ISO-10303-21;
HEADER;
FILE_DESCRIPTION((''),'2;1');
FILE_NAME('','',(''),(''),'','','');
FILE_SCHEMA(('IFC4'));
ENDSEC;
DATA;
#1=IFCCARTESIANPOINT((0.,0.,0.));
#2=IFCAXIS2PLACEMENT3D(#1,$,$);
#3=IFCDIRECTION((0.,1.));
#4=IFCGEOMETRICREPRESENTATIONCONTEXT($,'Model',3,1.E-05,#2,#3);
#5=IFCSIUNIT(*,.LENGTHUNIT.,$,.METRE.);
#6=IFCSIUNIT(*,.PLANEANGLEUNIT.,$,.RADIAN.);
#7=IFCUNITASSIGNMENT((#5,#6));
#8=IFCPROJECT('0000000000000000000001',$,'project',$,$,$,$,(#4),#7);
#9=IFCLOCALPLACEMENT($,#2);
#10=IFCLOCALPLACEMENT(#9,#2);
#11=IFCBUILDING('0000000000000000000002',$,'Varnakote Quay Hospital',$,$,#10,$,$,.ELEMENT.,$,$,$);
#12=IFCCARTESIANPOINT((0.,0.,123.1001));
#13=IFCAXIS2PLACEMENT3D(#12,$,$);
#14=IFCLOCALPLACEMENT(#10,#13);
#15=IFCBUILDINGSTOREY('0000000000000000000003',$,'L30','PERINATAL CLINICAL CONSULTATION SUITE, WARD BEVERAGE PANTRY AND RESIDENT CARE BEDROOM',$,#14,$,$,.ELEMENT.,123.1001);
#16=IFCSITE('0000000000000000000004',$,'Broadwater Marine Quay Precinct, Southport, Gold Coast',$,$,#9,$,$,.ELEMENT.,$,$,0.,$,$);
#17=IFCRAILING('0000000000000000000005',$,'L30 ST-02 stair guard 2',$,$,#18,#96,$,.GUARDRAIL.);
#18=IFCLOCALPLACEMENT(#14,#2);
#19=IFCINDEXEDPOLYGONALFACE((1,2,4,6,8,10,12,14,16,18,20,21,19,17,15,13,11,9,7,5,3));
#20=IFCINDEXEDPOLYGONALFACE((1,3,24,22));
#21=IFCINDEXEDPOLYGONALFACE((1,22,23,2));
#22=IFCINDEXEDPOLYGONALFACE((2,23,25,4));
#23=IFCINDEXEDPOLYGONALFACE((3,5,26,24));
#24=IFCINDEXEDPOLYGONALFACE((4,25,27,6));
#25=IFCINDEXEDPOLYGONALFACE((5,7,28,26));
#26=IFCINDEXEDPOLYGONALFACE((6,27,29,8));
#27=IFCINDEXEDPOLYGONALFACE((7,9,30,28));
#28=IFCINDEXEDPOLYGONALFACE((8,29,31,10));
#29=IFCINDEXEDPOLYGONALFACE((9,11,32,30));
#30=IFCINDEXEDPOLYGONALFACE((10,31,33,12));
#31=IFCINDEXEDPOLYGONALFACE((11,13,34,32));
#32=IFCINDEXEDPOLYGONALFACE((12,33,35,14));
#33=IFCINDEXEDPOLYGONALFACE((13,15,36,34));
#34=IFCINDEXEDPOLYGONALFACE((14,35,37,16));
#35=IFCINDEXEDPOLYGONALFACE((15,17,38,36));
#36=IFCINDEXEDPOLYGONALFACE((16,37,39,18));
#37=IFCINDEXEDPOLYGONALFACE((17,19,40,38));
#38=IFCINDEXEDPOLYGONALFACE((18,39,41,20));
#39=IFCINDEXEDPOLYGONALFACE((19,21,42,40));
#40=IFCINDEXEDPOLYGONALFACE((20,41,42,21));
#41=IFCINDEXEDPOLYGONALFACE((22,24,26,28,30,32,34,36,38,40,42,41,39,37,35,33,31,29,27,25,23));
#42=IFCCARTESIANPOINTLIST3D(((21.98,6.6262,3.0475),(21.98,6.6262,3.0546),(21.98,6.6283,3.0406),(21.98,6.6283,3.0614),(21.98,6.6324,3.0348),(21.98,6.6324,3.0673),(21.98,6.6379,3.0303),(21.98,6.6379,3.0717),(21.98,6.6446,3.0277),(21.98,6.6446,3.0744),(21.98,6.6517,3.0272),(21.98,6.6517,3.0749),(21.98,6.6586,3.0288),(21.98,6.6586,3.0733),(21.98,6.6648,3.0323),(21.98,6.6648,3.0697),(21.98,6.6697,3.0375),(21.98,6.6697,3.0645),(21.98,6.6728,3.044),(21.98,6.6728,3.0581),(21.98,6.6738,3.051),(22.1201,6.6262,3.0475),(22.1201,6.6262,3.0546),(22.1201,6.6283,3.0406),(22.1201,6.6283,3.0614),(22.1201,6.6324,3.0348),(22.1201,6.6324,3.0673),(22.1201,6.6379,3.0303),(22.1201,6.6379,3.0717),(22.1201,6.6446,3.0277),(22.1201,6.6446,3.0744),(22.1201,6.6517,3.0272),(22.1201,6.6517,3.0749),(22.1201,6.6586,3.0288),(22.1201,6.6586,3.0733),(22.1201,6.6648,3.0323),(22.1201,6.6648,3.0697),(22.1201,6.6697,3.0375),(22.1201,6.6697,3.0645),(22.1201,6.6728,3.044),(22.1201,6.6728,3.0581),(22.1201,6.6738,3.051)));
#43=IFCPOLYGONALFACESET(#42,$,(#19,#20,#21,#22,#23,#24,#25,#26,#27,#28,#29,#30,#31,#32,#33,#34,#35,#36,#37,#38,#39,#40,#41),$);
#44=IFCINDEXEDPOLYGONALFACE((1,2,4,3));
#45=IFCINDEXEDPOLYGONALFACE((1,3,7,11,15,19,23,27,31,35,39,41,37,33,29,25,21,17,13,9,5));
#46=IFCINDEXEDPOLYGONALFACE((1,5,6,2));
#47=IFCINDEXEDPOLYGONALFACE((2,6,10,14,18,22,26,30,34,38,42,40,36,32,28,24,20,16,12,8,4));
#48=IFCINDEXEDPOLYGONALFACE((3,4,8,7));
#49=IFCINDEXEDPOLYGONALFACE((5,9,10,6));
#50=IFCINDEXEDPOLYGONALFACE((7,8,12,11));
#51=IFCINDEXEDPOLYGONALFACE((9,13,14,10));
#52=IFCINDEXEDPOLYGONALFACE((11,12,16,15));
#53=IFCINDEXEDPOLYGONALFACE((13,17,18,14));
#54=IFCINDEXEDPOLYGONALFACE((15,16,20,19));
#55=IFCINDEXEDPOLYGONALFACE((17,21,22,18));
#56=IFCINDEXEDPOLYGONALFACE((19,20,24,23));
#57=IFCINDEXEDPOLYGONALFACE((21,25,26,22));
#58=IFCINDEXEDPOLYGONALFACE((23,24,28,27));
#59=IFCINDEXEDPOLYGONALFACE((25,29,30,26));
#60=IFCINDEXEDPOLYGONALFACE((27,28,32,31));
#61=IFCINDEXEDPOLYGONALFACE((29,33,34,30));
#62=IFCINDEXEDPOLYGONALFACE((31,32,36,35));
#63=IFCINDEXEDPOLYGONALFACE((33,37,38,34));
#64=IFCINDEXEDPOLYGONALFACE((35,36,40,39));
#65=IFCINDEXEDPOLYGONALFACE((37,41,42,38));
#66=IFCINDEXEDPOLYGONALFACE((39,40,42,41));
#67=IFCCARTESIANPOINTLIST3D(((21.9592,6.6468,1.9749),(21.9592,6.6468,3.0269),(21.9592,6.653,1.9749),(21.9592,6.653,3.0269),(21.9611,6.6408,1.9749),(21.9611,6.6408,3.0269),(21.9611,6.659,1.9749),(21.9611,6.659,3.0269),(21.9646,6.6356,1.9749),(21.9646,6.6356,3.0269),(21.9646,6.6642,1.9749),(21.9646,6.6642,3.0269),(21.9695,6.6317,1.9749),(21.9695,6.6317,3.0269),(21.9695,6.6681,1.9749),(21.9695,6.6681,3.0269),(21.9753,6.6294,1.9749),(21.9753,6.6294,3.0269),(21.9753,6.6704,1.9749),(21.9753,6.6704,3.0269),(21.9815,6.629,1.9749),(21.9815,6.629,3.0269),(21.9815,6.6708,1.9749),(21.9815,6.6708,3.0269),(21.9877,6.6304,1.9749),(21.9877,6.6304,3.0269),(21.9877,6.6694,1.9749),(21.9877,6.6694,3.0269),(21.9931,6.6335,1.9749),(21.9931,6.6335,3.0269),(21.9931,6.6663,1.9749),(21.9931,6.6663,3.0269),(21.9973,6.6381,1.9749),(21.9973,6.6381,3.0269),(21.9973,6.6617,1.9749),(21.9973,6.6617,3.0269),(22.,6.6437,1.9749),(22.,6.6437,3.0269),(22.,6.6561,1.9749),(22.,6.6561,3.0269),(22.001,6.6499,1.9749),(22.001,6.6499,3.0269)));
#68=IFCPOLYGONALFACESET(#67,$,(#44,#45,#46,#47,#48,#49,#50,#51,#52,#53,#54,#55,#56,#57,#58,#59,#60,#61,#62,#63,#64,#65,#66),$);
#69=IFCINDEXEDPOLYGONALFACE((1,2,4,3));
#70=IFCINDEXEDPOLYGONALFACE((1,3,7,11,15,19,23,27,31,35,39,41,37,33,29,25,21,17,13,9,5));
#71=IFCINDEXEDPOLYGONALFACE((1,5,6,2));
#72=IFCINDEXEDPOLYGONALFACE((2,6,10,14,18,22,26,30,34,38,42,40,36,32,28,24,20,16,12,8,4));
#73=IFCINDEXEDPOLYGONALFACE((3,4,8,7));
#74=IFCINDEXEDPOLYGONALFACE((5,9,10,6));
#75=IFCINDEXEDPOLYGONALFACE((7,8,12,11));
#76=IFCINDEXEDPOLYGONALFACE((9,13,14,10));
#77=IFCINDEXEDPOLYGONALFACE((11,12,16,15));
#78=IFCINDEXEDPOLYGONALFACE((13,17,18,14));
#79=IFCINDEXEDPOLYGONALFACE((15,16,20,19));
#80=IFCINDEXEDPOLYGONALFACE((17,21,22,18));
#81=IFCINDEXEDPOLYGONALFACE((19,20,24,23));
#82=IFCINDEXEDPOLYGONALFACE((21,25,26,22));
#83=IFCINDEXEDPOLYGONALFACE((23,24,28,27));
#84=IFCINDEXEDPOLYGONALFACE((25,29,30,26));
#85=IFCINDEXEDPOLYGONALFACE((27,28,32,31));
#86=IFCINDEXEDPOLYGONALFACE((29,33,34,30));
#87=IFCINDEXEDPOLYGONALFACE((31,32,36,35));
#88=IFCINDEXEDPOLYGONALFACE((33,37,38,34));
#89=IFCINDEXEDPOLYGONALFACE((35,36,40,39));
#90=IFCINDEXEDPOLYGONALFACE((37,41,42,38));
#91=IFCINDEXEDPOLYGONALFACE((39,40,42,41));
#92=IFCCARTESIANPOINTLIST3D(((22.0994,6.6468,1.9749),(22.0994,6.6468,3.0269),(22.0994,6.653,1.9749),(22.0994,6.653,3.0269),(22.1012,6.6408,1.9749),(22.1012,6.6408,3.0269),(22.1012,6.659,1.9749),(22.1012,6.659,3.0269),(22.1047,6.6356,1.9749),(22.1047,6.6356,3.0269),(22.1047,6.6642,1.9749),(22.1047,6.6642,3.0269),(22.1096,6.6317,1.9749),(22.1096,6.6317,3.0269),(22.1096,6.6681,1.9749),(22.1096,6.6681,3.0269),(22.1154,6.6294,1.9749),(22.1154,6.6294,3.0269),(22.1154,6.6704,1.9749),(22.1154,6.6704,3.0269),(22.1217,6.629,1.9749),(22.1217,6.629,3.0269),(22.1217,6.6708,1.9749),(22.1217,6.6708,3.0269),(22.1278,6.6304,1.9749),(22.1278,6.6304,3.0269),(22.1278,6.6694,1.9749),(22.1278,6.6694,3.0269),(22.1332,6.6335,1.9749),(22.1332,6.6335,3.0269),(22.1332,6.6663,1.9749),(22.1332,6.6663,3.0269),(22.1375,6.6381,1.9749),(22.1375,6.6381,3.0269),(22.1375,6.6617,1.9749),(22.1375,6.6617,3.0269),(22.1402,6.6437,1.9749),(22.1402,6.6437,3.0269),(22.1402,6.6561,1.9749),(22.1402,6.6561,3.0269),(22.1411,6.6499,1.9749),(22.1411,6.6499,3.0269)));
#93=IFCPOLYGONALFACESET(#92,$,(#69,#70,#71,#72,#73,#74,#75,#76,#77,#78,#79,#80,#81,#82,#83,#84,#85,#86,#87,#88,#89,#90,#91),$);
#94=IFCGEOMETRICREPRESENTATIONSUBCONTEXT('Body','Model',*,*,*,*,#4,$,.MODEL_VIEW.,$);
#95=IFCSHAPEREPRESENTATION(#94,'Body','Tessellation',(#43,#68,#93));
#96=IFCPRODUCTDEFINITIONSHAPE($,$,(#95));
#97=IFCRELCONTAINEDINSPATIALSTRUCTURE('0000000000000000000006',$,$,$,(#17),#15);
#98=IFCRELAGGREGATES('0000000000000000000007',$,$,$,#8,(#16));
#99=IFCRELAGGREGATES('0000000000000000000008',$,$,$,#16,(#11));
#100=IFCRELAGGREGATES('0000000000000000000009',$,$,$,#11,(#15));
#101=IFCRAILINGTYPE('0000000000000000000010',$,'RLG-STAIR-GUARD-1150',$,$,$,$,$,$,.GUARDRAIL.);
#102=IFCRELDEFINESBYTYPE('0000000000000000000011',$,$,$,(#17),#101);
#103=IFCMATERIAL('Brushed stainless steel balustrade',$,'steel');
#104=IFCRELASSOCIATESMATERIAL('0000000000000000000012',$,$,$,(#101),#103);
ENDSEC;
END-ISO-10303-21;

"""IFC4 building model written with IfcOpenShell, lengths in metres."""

from ifc_helpers import new_model, si_unit, direction, frame, origin, origin_2d, place, context, subcontext, project, spatial, circle, extrude, material, type_object, element, save


model = new_model("IFC4")

# Units and contexts
model_context = context("Model", 3, precision=1e-05, world=origin(), true_north=direction((0.0, 1.0)))
body_context = subcontext(model_context, "Body", "Model", "MODEL_VIEW")
ifc_project = project(units=[si_unit("LENGTHUNIT", "METRE"), si_unit("PLANEANGLEUNIT", "RADIAN")], contexts=[model_context])

# Site, building, storey
site_placement = place(None, origin())
site = spatial("IfcSite", under=ifc_project, at=site_placement, Name="Broadwater Marine Quay Precinct, Southport, Gold Coast", CompositionType="ELEMENT", RefElevation=0.0)
building_placement = place(site_placement, origin())
building = spatial("IfcBuilding", under=site, at=building_placement, Name="Varnakote Quay Hospital", CompositionType="ELEMENT")
storey_placement = place(building_placement, frame((0.0, 0.0, 123.1001)))
storey = spatial("IfcBuildingStorey", under=building, at=storey_placement, Name="L30", Description="PERINATAL CLINICAL CONSULTATION SUITE, WARD BEVERAGE PANTRY AND RESIDENT CARE BEDROOM", CompositionType="ELEMENT", Elevation=123.1001)

# Railing
ifc_material_1 = material(Name="Brushed stainless steel balustrade", Category="steel")
railing_type_1 = type_object("IfcRailingType", Name="RLG-STAIR-GUARD-1150", PredefinedType="GUARDRAIL", material=ifc_material_1)
railing_1_placement = place(storey_placement, frame((21.98, 6.6499, 1.9749)))
element("IfcRailing", 1, at=railing_1_placement, inside=storey, type_object=railing_type_1, Name="L30 ST-02 stair guard 2", PredefinedType="GUARDRAIL", context=body_context, shape_type="SweptSolid", body=[
    extrude(circle(Radius=0.0239, at=origin_2d()), frame((0.0, 0.0, 1.0762), z_axis=(1.0, 0.0, 0.0), x_axis=(0.0, 1.0, 0.0)), (0.0, 0.0, 1.0), 0.1401),
    extrude(circle(Radius=0.021, at=origin_2d()), origin(), (0.0, 0.0, 1.0), 1.052),
    extrude(circle(Radius=0.021, at=origin_2d()), frame((0.1401, 0.0, 0.0)), (0.0, 0.0, 1.0), 1.052),
])

save(model, "model.ifc")
